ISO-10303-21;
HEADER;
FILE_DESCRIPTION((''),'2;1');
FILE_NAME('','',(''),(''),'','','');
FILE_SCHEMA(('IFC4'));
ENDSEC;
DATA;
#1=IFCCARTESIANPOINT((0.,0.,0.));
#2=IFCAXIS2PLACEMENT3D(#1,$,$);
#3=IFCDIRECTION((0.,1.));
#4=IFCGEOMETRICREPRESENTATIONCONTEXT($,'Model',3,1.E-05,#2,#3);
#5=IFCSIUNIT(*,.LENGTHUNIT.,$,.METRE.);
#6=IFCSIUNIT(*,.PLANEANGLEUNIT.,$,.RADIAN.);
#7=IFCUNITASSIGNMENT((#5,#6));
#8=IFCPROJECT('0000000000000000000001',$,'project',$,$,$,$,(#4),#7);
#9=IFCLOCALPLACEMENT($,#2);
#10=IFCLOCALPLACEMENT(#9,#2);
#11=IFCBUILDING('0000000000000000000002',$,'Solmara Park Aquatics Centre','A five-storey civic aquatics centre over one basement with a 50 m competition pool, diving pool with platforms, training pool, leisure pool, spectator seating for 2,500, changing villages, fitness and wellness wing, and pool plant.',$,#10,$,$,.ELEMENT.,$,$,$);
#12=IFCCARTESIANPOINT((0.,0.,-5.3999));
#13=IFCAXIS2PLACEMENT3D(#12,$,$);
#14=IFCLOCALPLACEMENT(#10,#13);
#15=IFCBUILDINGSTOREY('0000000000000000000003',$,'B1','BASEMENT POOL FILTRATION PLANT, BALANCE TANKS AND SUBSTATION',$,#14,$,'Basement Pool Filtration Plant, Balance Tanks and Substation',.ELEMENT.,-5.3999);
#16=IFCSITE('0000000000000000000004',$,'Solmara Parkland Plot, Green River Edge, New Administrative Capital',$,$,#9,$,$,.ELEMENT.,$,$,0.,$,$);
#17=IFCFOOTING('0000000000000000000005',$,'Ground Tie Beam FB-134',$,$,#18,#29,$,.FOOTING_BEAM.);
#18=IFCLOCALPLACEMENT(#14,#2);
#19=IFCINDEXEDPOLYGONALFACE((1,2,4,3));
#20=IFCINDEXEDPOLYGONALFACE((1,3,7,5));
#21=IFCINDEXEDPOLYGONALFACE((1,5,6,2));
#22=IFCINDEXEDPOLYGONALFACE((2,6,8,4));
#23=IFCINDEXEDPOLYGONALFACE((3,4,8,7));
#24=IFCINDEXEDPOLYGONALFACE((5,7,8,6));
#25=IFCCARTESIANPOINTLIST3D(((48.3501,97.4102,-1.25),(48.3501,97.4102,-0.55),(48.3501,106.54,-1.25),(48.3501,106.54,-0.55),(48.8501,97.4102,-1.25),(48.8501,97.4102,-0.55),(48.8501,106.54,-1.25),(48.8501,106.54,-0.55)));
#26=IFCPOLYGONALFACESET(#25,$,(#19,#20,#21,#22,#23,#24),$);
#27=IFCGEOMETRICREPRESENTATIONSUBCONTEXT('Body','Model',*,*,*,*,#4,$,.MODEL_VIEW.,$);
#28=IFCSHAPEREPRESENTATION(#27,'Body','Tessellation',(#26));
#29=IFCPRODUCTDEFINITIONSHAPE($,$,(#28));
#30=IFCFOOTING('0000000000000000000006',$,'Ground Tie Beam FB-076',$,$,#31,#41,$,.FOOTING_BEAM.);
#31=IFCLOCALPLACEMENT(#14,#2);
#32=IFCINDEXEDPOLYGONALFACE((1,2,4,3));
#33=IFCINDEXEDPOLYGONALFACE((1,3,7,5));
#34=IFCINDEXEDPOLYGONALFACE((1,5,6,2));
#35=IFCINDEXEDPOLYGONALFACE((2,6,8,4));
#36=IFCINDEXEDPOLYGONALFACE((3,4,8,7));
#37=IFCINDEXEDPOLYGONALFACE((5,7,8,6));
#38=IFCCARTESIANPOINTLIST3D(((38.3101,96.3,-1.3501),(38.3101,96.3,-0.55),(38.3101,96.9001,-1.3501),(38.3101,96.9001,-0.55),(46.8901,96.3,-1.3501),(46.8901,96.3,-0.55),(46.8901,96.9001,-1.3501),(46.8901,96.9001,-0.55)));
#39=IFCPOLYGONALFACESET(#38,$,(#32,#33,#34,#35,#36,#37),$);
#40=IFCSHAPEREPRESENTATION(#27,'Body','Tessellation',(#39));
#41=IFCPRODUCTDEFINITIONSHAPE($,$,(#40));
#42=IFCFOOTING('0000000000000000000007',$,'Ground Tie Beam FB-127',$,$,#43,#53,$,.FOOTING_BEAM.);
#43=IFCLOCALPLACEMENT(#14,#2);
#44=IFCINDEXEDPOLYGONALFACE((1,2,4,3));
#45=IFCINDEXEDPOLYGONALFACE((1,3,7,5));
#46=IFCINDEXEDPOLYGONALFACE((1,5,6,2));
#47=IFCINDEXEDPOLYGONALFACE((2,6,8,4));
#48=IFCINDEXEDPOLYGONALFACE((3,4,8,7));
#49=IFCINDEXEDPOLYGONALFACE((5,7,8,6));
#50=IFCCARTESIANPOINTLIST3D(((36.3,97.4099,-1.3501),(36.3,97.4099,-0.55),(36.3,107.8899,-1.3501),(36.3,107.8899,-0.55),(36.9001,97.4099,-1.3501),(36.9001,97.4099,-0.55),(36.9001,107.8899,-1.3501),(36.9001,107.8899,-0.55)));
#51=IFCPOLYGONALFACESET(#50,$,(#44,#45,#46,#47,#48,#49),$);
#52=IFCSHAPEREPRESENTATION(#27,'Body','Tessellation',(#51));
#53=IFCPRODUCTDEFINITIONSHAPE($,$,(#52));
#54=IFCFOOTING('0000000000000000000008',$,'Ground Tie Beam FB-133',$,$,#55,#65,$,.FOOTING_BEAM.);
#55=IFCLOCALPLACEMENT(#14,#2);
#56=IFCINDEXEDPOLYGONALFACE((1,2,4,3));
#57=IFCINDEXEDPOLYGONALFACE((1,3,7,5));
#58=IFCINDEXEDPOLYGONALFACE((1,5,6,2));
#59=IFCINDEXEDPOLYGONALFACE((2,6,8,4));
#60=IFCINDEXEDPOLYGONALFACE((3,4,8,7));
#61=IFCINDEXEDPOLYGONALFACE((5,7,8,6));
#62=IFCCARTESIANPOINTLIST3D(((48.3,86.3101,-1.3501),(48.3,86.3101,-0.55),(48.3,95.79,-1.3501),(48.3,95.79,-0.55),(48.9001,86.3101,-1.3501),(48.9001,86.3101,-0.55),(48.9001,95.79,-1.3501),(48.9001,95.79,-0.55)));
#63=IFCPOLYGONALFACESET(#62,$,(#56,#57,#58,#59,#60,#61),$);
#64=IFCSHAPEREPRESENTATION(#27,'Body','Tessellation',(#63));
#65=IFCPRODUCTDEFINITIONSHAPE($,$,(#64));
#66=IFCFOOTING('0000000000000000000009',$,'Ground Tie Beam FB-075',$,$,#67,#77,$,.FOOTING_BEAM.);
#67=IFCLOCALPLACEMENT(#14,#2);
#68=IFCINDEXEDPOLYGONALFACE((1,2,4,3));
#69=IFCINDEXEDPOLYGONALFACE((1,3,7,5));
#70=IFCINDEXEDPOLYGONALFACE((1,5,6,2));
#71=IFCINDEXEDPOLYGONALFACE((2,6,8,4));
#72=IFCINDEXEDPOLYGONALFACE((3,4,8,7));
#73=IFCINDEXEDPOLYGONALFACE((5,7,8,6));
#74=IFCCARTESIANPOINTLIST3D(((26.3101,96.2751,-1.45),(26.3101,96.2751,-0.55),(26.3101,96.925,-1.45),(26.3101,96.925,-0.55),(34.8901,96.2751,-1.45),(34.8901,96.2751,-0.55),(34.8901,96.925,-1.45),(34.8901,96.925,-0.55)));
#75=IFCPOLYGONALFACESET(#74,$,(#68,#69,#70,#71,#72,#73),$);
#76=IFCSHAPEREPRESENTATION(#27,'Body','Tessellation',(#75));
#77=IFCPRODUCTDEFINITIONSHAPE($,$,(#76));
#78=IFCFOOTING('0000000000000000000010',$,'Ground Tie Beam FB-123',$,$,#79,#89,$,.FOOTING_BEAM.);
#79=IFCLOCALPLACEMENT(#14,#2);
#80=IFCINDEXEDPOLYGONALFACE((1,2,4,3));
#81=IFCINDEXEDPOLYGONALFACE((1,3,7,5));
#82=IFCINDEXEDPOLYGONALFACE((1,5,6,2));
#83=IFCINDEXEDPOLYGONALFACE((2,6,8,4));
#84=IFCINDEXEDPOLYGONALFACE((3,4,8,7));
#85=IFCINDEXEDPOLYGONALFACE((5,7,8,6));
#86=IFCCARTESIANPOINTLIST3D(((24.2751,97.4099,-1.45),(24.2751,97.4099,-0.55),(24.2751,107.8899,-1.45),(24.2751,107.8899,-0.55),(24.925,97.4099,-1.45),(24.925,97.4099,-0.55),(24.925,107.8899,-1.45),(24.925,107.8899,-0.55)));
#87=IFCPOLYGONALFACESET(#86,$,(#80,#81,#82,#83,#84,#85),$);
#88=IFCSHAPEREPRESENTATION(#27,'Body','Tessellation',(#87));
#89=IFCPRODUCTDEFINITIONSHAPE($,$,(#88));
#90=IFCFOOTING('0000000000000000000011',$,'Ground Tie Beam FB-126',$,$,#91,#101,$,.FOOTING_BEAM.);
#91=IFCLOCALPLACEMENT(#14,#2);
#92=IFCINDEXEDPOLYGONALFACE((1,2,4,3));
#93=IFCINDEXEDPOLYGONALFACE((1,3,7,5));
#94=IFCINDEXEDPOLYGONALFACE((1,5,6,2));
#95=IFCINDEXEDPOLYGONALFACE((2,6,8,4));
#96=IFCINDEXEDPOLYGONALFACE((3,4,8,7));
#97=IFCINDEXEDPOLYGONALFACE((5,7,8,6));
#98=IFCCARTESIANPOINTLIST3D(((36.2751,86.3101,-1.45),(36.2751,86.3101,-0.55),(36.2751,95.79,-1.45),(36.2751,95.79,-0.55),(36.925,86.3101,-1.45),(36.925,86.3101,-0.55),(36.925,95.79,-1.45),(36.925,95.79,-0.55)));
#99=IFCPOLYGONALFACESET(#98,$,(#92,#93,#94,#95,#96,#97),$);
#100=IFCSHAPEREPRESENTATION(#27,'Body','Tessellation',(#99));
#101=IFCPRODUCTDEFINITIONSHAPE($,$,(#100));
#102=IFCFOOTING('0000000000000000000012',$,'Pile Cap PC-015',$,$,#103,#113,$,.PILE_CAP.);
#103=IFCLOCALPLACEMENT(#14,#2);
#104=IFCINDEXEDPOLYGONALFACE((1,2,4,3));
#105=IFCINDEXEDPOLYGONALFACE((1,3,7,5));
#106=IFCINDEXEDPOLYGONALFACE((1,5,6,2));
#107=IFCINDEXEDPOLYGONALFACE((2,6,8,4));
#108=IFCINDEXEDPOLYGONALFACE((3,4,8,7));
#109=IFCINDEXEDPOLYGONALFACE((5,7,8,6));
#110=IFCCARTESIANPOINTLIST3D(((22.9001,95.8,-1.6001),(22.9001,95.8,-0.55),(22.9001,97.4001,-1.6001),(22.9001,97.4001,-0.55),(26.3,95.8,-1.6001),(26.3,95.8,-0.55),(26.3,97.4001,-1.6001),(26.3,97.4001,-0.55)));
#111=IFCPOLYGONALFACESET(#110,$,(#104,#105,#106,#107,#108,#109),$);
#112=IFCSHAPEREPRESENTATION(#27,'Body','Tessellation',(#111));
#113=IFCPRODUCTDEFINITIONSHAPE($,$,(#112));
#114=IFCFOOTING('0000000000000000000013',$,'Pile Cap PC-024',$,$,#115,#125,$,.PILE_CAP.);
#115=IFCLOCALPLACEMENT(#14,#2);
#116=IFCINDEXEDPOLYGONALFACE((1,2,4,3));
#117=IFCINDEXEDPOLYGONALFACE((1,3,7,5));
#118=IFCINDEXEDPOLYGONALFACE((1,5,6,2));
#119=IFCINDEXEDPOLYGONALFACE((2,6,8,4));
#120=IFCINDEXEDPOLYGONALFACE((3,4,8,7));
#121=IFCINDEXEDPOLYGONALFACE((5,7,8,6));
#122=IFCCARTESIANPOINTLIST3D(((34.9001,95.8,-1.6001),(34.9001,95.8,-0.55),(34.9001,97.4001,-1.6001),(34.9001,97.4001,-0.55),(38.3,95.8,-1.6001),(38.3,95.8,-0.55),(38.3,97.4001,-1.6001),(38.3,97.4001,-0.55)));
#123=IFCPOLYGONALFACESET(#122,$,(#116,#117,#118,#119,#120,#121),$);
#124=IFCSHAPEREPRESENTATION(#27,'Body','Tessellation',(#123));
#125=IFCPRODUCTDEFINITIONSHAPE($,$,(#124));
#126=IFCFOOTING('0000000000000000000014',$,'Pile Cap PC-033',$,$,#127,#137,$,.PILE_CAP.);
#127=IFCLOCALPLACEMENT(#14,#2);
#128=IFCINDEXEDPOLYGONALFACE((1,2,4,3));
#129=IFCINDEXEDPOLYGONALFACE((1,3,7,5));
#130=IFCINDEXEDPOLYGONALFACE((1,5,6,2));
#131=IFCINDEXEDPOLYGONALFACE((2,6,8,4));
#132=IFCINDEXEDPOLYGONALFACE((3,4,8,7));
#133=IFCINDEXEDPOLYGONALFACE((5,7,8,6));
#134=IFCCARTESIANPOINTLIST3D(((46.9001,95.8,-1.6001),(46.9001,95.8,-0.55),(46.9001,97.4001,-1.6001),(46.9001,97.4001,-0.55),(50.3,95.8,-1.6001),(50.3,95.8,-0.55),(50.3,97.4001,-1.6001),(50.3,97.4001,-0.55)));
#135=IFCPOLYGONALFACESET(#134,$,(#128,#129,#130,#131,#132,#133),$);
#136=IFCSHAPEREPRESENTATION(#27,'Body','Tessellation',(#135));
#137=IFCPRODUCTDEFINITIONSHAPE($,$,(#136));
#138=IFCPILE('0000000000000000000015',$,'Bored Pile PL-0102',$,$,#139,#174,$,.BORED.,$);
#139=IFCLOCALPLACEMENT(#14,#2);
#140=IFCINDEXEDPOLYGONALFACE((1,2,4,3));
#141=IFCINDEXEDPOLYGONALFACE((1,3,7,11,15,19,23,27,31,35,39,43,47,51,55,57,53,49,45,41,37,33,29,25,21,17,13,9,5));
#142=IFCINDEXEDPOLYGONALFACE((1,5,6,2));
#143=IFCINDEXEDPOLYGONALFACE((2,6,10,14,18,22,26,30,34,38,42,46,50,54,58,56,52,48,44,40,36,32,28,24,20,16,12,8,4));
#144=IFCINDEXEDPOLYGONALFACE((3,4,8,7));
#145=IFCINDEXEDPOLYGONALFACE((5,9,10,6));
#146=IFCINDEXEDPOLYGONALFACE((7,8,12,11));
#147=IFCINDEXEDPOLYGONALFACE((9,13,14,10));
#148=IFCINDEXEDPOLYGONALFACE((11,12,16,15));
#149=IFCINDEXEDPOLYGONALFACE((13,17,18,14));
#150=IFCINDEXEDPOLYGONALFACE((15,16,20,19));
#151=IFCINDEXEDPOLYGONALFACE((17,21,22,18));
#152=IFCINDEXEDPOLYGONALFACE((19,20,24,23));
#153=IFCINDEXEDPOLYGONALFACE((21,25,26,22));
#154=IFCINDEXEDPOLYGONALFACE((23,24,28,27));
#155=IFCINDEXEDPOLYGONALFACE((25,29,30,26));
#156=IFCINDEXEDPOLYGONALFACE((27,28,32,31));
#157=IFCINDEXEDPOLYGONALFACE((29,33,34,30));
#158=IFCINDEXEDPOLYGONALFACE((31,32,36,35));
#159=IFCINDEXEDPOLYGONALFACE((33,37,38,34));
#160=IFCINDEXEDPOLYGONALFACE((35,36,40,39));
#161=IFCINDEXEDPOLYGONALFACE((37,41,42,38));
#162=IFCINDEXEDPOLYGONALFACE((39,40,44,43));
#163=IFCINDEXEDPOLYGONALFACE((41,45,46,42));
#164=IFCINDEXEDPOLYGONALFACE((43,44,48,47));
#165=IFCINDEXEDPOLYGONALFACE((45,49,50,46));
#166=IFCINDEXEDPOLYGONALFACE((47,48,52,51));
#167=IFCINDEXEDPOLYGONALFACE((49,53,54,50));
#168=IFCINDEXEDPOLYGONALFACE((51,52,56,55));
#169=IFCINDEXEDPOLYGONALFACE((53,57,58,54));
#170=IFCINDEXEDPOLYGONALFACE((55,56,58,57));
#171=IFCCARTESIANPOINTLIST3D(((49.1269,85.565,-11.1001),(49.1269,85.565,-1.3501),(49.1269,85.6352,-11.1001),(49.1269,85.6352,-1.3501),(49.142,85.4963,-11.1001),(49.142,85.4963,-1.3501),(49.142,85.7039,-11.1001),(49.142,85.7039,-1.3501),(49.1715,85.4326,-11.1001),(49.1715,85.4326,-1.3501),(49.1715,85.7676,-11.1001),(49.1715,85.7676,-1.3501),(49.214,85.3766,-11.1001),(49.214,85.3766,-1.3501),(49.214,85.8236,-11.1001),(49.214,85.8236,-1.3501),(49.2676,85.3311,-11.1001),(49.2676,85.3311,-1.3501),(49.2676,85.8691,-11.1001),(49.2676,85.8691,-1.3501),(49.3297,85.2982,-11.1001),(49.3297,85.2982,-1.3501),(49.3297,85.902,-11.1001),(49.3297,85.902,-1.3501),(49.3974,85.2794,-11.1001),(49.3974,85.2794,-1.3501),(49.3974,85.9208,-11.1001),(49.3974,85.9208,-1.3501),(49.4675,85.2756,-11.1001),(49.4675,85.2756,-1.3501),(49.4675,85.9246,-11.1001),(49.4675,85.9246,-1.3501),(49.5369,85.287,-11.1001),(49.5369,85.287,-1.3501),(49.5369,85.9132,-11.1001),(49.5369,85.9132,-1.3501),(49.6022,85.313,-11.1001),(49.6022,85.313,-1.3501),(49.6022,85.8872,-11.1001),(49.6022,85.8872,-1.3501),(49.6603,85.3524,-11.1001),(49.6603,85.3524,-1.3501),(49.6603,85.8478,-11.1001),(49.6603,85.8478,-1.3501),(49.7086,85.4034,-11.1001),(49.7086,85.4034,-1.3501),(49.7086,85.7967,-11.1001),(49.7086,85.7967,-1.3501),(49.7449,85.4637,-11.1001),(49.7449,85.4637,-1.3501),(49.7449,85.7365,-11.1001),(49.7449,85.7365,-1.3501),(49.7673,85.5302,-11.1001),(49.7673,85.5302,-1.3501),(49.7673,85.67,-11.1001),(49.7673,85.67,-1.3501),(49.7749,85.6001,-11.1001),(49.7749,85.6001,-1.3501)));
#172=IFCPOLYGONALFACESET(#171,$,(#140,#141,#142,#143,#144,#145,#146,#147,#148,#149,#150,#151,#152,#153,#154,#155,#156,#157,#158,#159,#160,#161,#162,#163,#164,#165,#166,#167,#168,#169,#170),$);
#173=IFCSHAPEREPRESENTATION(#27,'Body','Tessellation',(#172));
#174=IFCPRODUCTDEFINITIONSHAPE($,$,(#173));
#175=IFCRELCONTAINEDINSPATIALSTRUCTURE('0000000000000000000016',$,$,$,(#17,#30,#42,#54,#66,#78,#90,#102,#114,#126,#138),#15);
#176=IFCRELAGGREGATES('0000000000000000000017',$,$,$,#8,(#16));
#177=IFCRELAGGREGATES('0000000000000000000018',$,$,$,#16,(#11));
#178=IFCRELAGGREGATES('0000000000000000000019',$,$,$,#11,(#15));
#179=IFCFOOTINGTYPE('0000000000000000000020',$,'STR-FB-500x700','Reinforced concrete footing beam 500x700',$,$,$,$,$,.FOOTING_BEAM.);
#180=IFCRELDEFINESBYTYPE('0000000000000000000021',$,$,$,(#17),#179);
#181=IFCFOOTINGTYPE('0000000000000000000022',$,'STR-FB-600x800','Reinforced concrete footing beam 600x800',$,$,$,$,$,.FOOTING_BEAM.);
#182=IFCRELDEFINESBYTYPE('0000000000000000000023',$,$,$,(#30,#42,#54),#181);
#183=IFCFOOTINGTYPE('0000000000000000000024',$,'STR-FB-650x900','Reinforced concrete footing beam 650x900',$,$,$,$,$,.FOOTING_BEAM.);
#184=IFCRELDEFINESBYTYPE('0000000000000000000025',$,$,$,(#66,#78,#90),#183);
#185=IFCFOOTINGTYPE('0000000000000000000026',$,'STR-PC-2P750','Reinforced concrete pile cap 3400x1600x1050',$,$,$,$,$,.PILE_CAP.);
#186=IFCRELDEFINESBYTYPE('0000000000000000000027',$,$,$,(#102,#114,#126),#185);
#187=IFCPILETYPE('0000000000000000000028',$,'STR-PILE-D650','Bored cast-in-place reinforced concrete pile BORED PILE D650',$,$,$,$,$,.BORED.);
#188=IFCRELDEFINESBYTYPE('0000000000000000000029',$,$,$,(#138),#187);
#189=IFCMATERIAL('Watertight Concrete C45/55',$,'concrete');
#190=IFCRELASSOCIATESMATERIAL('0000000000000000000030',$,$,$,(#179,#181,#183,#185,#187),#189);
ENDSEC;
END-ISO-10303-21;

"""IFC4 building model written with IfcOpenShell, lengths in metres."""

from ifc_helpers import new_model, si_unit, direction, frame, origin, origin_2d, place, context, subcontext, project, spatial, rectangle, circle, extrude, material, material_profile, profile_set, type_object, element, save


model = new_model("IFC4")

# Units and contexts
model_context = context("Model", 3, precision=1e-05, world=origin(), true_north=direction((0.0, 1.0)))
body_context = subcontext(model_context, "Body", "Model", "MODEL_VIEW")
ifc_project = project(units=[si_unit("LENGTHUNIT", "METRE"), si_unit("PLANEANGLEUNIT", "RADIAN")], contexts=[model_context])

# Site, building, storey
site_placement = place(None, origin())
site = spatial("IfcSite", under=ifc_project, at=site_placement, Name="Solmara Parkland Plot, Green River Edge, New Administrative Capital", CompositionType="ELEMENT", RefElevation=0.0)
building_placement = place(site_placement, origin())
building = spatial("IfcBuilding", under=site, at=building_placement, Name="Solmara Park Aquatics Centre", Description="A five-storey civic aquatics centre over one basement with a 50 m competition pool, diving pool with platforms, training pool, leisure pool, spectator seating for 2,500, changing villages, fitness and wellness wing, and pool plant.", CompositionType="ELEMENT")
storey_placement = place(building_placement, frame((0.0, 0.0, -5.3999)))
storey = spatial("IfcBuildingStorey", under=building, at=storey_placement, Name="B1", Description="BASEMENT POOL FILTRATION PLANT, BALANCE TANKS AND SUBSTATION", LongName="Basement Pool Filtration Plant, Balance Tanks and Substation", CompositionType="ELEMENT", Elevation=-5.3999)

# Footings
ifc_material_1 = material(Name="Watertight Concrete C45/55", Category="concrete")
footing_type_1 = type_object("IfcFootingType", Name="STR-FB-500x700", Description="Reinforced concrete footing beam 500x700", PredefinedType="FOOTING_BEAM", material=ifc_material_1)
footing_1_placement = place(storey_placement, frame((48.6001, 101.9751, -1.25), z_axis=(0.0, 0.0, 1.0), x_axis=(1.0, 0.0, 0.0)))
element("IfcFooting", 1, at=footing_1_placement, inside=storey, type_object=footing_type_1, Name="Ground Tie Beam FB-134", PredefinedType="FOOTING_BEAM", context=body_context, shape_type="SweptSolid", body=[
    extrude(rectangle(XDim=0.5, YDim=9.1299, at=origin_2d()), origin(), (0.0, 0.0, 1.0), 0.7),
])
footing_type_2 = type_object("IfcFootingType", Name="STR-FB-600x800", Description="Reinforced concrete footing beam 600x800", PredefinedType="FOOTING_BEAM", material=ifc_material_1)
footing_2_placement = place(storey_placement, frame((42.6001, 96.6001, -1.3501), z_axis=(0.0, 0.0, 1.0), x_axis=(1.0, 0.0, 0.0)))
element("IfcFooting", 2, at=footing_2_placement, inside=storey, type_object=footing_type_2, Name="Ground Tie Beam FB-076", PredefinedType="FOOTING_BEAM", context=body_context, shape_type="SweptSolid", body=[
    extrude(rectangle(XDim=8.5801, YDim=0.6001, at=origin_2d()), origin(), (0.0, 0.0, 1.0), 0.8),
])
footing_3_placement = place(storey_placement, frame((36.6001, 102.6499, -1.3501), z_axis=(0.0, 0.0, 1.0), x_axis=(1.0, 0.0, 0.0)))
element("IfcFooting", 3, at=footing_3_placement, inside=storey, type_object=footing_type_2, Name="Ground Tie Beam FB-127", PredefinedType="FOOTING_BEAM", context=body_context, shape_type="SweptSolid", body=[
    extrude(rectangle(XDim=0.6001, YDim=10.48, at=origin_2d()), origin(), (0.0, 0.0, 1.0), 0.8),
])
footing_4_placement = place(storey_placement, frame((48.6001, 91.05, -1.3501), z_axis=(0.0, 0.0, 1.0), x_axis=(1.0, 0.0, 0.0)))
element("IfcFooting", 4, at=footing_4_placement, inside=storey, type_object=footing_type_2, Name="Ground Tie Beam FB-133", PredefinedType="FOOTING_BEAM", context=body_context, shape_type="SweptSolid", body=[
    extrude(rectangle(XDim=0.6001, YDim=9.48, at=origin_2d()), origin(), (0.0, 0.0, 1.0), 0.8),
])
footing_type_3 = type_object("IfcFootingType", Name="STR-FB-650x900", Description="Reinforced concrete footing beam 650x900", PredefinedType="FOOTING_BEAM", material=ifc_material_1)
footing_5_placement = place(storey_placement, frame((30.6001, 96.6001, -1.45), z_axis=(0.0, 0.0, 1.0), x_axis=(1.0, 0.0, 0.0)))
element("IfcFooting", 5, at=footing_5_placement, inside=storey, type_object=footing_type_3, Name="Ground Tie Beam FB-075", PredefinedType="FOOTING_BEAM", context=body_context, shape_type="SweptSolid", body=[
    extrude(rectangle(XDim=8.5801, YDim=0.6499, at=origin_2d()), origin(), (0.0, 0.0, 1.0), 0.8999),
])
footing_6_placement = place(storey_placement, frame((24.6001, 102.6499, -1.45), z_axis=(0.0, 0.0, 1.0), x_axis=(1.0, 0.0, 0.0)))
element("IfcFooting", 6, at=footing_6_placement, inside=storey, type_object=footing_type_3, Name="Ground Tie Beam FB-123", PredefinedType="FOOTING_BEAM", context=body_context, shape_type="SweptSolid", body=[
    extrude(rectangle(XDim=0.6499, YDim=10.48, at=origin_2d()), origin(), (0.0, 0.0, 1.0), 0.8999),
])
footing_7_placement = place(storey_placement, frame((36.6001, 91.05, -1.45), z_axis=(0.0, 0.0, 1.0), x_axis=(1.0, 0.0, 0.0)))
element("IfcFooting", 7, at=footing_7_placement, inside=storey, type_object=footing_type_3, Name="Ground Tie Beam FB-126", PredefinedType="FOOTING_BEAM", context=body_context, shape_type="SweptSolid", body=[
    extrude(rectangle(XDim=0.6499, YDim=9.48, at=origin_2d()), origin(), (0.0, 0.0, 1.0), 0.8999),
])
footing_type_4 = type_object("IfcFootingType", Name="STR-PC-2P750", Description="Reinforced concrete pile cap 3400x1600x1050", PredefinedType="PILE_CAP", material=ifc_material_1)
for number, where, z_axis, x_axis, name in (
    (8, (24.6001, 96.6001, -1.6001), (0.0, 0.0, 1.0), (1.0, 0.0, 0.0), "Pile Cap PC-015"),
    (9, (36.6001, 96.6001, -1.6001), (0.0, 0.0, 1.0), (1.0, 0.0, 0.0), "Pile Cap PC-024"),
    (10, (48.6001, 96.6001, -1.6001), (0.0, 0.0, 1.0), (1.0, 0.0, 0.0), "Pile Cap PC-033"),
):
    element("IfcFooting", number, at=place(storey_placement, frame(where, z_axis=z_axis, x_axis=x_axis)), inside=storey, type_object=footing_type_4, Name=name, PredefinedType="PILE_CAP", context=body_context, shape_type="SweptSolid", body=[
        extrude(rectangle(XDim=3.3999, YDim=1.6001, at=origin_2d()), origin(), (0.0, 0.0, 1.0), 1.05),
    ])

# Pile
ifc_material_profile_1 = material_profile(ifc_material_1, circle(Radius=0.325, at=origin_2d()), Name="BORED PILE D650")
ifc_profile_set_1 = profile_set([ifc_material_profile_1], Name="Watertight Concrete C45/55")
pile_type_1 = type_object("IfcPileType", Name="STR-PILE-D650", Description="Bored cast-in-place reinforced concrete pile BORED PILE D650", PredefinedType="BORED", material=ifc_profile_set_1)
pile_placement = place(storey_placement, frame((49.45, 85.6001, -1.3501), z_axis=(0.0, 0.0, -1.0), x_axis=(1.0, 0.0, 0.0)))
element("IfcPile", 11, at=pile_placement, inside=storey, type_object=pile_type_1, Name="Bored Pile PL-0102", PredefinedType="BORED", context=body_context, shape_type="SweptSolid", body=[
    extrude(circle(Radius=0.325, at=origin_2d()), origin(), (0.0, 0.0, 1.0), 9.75),
])

save(model, "model.ifc")
